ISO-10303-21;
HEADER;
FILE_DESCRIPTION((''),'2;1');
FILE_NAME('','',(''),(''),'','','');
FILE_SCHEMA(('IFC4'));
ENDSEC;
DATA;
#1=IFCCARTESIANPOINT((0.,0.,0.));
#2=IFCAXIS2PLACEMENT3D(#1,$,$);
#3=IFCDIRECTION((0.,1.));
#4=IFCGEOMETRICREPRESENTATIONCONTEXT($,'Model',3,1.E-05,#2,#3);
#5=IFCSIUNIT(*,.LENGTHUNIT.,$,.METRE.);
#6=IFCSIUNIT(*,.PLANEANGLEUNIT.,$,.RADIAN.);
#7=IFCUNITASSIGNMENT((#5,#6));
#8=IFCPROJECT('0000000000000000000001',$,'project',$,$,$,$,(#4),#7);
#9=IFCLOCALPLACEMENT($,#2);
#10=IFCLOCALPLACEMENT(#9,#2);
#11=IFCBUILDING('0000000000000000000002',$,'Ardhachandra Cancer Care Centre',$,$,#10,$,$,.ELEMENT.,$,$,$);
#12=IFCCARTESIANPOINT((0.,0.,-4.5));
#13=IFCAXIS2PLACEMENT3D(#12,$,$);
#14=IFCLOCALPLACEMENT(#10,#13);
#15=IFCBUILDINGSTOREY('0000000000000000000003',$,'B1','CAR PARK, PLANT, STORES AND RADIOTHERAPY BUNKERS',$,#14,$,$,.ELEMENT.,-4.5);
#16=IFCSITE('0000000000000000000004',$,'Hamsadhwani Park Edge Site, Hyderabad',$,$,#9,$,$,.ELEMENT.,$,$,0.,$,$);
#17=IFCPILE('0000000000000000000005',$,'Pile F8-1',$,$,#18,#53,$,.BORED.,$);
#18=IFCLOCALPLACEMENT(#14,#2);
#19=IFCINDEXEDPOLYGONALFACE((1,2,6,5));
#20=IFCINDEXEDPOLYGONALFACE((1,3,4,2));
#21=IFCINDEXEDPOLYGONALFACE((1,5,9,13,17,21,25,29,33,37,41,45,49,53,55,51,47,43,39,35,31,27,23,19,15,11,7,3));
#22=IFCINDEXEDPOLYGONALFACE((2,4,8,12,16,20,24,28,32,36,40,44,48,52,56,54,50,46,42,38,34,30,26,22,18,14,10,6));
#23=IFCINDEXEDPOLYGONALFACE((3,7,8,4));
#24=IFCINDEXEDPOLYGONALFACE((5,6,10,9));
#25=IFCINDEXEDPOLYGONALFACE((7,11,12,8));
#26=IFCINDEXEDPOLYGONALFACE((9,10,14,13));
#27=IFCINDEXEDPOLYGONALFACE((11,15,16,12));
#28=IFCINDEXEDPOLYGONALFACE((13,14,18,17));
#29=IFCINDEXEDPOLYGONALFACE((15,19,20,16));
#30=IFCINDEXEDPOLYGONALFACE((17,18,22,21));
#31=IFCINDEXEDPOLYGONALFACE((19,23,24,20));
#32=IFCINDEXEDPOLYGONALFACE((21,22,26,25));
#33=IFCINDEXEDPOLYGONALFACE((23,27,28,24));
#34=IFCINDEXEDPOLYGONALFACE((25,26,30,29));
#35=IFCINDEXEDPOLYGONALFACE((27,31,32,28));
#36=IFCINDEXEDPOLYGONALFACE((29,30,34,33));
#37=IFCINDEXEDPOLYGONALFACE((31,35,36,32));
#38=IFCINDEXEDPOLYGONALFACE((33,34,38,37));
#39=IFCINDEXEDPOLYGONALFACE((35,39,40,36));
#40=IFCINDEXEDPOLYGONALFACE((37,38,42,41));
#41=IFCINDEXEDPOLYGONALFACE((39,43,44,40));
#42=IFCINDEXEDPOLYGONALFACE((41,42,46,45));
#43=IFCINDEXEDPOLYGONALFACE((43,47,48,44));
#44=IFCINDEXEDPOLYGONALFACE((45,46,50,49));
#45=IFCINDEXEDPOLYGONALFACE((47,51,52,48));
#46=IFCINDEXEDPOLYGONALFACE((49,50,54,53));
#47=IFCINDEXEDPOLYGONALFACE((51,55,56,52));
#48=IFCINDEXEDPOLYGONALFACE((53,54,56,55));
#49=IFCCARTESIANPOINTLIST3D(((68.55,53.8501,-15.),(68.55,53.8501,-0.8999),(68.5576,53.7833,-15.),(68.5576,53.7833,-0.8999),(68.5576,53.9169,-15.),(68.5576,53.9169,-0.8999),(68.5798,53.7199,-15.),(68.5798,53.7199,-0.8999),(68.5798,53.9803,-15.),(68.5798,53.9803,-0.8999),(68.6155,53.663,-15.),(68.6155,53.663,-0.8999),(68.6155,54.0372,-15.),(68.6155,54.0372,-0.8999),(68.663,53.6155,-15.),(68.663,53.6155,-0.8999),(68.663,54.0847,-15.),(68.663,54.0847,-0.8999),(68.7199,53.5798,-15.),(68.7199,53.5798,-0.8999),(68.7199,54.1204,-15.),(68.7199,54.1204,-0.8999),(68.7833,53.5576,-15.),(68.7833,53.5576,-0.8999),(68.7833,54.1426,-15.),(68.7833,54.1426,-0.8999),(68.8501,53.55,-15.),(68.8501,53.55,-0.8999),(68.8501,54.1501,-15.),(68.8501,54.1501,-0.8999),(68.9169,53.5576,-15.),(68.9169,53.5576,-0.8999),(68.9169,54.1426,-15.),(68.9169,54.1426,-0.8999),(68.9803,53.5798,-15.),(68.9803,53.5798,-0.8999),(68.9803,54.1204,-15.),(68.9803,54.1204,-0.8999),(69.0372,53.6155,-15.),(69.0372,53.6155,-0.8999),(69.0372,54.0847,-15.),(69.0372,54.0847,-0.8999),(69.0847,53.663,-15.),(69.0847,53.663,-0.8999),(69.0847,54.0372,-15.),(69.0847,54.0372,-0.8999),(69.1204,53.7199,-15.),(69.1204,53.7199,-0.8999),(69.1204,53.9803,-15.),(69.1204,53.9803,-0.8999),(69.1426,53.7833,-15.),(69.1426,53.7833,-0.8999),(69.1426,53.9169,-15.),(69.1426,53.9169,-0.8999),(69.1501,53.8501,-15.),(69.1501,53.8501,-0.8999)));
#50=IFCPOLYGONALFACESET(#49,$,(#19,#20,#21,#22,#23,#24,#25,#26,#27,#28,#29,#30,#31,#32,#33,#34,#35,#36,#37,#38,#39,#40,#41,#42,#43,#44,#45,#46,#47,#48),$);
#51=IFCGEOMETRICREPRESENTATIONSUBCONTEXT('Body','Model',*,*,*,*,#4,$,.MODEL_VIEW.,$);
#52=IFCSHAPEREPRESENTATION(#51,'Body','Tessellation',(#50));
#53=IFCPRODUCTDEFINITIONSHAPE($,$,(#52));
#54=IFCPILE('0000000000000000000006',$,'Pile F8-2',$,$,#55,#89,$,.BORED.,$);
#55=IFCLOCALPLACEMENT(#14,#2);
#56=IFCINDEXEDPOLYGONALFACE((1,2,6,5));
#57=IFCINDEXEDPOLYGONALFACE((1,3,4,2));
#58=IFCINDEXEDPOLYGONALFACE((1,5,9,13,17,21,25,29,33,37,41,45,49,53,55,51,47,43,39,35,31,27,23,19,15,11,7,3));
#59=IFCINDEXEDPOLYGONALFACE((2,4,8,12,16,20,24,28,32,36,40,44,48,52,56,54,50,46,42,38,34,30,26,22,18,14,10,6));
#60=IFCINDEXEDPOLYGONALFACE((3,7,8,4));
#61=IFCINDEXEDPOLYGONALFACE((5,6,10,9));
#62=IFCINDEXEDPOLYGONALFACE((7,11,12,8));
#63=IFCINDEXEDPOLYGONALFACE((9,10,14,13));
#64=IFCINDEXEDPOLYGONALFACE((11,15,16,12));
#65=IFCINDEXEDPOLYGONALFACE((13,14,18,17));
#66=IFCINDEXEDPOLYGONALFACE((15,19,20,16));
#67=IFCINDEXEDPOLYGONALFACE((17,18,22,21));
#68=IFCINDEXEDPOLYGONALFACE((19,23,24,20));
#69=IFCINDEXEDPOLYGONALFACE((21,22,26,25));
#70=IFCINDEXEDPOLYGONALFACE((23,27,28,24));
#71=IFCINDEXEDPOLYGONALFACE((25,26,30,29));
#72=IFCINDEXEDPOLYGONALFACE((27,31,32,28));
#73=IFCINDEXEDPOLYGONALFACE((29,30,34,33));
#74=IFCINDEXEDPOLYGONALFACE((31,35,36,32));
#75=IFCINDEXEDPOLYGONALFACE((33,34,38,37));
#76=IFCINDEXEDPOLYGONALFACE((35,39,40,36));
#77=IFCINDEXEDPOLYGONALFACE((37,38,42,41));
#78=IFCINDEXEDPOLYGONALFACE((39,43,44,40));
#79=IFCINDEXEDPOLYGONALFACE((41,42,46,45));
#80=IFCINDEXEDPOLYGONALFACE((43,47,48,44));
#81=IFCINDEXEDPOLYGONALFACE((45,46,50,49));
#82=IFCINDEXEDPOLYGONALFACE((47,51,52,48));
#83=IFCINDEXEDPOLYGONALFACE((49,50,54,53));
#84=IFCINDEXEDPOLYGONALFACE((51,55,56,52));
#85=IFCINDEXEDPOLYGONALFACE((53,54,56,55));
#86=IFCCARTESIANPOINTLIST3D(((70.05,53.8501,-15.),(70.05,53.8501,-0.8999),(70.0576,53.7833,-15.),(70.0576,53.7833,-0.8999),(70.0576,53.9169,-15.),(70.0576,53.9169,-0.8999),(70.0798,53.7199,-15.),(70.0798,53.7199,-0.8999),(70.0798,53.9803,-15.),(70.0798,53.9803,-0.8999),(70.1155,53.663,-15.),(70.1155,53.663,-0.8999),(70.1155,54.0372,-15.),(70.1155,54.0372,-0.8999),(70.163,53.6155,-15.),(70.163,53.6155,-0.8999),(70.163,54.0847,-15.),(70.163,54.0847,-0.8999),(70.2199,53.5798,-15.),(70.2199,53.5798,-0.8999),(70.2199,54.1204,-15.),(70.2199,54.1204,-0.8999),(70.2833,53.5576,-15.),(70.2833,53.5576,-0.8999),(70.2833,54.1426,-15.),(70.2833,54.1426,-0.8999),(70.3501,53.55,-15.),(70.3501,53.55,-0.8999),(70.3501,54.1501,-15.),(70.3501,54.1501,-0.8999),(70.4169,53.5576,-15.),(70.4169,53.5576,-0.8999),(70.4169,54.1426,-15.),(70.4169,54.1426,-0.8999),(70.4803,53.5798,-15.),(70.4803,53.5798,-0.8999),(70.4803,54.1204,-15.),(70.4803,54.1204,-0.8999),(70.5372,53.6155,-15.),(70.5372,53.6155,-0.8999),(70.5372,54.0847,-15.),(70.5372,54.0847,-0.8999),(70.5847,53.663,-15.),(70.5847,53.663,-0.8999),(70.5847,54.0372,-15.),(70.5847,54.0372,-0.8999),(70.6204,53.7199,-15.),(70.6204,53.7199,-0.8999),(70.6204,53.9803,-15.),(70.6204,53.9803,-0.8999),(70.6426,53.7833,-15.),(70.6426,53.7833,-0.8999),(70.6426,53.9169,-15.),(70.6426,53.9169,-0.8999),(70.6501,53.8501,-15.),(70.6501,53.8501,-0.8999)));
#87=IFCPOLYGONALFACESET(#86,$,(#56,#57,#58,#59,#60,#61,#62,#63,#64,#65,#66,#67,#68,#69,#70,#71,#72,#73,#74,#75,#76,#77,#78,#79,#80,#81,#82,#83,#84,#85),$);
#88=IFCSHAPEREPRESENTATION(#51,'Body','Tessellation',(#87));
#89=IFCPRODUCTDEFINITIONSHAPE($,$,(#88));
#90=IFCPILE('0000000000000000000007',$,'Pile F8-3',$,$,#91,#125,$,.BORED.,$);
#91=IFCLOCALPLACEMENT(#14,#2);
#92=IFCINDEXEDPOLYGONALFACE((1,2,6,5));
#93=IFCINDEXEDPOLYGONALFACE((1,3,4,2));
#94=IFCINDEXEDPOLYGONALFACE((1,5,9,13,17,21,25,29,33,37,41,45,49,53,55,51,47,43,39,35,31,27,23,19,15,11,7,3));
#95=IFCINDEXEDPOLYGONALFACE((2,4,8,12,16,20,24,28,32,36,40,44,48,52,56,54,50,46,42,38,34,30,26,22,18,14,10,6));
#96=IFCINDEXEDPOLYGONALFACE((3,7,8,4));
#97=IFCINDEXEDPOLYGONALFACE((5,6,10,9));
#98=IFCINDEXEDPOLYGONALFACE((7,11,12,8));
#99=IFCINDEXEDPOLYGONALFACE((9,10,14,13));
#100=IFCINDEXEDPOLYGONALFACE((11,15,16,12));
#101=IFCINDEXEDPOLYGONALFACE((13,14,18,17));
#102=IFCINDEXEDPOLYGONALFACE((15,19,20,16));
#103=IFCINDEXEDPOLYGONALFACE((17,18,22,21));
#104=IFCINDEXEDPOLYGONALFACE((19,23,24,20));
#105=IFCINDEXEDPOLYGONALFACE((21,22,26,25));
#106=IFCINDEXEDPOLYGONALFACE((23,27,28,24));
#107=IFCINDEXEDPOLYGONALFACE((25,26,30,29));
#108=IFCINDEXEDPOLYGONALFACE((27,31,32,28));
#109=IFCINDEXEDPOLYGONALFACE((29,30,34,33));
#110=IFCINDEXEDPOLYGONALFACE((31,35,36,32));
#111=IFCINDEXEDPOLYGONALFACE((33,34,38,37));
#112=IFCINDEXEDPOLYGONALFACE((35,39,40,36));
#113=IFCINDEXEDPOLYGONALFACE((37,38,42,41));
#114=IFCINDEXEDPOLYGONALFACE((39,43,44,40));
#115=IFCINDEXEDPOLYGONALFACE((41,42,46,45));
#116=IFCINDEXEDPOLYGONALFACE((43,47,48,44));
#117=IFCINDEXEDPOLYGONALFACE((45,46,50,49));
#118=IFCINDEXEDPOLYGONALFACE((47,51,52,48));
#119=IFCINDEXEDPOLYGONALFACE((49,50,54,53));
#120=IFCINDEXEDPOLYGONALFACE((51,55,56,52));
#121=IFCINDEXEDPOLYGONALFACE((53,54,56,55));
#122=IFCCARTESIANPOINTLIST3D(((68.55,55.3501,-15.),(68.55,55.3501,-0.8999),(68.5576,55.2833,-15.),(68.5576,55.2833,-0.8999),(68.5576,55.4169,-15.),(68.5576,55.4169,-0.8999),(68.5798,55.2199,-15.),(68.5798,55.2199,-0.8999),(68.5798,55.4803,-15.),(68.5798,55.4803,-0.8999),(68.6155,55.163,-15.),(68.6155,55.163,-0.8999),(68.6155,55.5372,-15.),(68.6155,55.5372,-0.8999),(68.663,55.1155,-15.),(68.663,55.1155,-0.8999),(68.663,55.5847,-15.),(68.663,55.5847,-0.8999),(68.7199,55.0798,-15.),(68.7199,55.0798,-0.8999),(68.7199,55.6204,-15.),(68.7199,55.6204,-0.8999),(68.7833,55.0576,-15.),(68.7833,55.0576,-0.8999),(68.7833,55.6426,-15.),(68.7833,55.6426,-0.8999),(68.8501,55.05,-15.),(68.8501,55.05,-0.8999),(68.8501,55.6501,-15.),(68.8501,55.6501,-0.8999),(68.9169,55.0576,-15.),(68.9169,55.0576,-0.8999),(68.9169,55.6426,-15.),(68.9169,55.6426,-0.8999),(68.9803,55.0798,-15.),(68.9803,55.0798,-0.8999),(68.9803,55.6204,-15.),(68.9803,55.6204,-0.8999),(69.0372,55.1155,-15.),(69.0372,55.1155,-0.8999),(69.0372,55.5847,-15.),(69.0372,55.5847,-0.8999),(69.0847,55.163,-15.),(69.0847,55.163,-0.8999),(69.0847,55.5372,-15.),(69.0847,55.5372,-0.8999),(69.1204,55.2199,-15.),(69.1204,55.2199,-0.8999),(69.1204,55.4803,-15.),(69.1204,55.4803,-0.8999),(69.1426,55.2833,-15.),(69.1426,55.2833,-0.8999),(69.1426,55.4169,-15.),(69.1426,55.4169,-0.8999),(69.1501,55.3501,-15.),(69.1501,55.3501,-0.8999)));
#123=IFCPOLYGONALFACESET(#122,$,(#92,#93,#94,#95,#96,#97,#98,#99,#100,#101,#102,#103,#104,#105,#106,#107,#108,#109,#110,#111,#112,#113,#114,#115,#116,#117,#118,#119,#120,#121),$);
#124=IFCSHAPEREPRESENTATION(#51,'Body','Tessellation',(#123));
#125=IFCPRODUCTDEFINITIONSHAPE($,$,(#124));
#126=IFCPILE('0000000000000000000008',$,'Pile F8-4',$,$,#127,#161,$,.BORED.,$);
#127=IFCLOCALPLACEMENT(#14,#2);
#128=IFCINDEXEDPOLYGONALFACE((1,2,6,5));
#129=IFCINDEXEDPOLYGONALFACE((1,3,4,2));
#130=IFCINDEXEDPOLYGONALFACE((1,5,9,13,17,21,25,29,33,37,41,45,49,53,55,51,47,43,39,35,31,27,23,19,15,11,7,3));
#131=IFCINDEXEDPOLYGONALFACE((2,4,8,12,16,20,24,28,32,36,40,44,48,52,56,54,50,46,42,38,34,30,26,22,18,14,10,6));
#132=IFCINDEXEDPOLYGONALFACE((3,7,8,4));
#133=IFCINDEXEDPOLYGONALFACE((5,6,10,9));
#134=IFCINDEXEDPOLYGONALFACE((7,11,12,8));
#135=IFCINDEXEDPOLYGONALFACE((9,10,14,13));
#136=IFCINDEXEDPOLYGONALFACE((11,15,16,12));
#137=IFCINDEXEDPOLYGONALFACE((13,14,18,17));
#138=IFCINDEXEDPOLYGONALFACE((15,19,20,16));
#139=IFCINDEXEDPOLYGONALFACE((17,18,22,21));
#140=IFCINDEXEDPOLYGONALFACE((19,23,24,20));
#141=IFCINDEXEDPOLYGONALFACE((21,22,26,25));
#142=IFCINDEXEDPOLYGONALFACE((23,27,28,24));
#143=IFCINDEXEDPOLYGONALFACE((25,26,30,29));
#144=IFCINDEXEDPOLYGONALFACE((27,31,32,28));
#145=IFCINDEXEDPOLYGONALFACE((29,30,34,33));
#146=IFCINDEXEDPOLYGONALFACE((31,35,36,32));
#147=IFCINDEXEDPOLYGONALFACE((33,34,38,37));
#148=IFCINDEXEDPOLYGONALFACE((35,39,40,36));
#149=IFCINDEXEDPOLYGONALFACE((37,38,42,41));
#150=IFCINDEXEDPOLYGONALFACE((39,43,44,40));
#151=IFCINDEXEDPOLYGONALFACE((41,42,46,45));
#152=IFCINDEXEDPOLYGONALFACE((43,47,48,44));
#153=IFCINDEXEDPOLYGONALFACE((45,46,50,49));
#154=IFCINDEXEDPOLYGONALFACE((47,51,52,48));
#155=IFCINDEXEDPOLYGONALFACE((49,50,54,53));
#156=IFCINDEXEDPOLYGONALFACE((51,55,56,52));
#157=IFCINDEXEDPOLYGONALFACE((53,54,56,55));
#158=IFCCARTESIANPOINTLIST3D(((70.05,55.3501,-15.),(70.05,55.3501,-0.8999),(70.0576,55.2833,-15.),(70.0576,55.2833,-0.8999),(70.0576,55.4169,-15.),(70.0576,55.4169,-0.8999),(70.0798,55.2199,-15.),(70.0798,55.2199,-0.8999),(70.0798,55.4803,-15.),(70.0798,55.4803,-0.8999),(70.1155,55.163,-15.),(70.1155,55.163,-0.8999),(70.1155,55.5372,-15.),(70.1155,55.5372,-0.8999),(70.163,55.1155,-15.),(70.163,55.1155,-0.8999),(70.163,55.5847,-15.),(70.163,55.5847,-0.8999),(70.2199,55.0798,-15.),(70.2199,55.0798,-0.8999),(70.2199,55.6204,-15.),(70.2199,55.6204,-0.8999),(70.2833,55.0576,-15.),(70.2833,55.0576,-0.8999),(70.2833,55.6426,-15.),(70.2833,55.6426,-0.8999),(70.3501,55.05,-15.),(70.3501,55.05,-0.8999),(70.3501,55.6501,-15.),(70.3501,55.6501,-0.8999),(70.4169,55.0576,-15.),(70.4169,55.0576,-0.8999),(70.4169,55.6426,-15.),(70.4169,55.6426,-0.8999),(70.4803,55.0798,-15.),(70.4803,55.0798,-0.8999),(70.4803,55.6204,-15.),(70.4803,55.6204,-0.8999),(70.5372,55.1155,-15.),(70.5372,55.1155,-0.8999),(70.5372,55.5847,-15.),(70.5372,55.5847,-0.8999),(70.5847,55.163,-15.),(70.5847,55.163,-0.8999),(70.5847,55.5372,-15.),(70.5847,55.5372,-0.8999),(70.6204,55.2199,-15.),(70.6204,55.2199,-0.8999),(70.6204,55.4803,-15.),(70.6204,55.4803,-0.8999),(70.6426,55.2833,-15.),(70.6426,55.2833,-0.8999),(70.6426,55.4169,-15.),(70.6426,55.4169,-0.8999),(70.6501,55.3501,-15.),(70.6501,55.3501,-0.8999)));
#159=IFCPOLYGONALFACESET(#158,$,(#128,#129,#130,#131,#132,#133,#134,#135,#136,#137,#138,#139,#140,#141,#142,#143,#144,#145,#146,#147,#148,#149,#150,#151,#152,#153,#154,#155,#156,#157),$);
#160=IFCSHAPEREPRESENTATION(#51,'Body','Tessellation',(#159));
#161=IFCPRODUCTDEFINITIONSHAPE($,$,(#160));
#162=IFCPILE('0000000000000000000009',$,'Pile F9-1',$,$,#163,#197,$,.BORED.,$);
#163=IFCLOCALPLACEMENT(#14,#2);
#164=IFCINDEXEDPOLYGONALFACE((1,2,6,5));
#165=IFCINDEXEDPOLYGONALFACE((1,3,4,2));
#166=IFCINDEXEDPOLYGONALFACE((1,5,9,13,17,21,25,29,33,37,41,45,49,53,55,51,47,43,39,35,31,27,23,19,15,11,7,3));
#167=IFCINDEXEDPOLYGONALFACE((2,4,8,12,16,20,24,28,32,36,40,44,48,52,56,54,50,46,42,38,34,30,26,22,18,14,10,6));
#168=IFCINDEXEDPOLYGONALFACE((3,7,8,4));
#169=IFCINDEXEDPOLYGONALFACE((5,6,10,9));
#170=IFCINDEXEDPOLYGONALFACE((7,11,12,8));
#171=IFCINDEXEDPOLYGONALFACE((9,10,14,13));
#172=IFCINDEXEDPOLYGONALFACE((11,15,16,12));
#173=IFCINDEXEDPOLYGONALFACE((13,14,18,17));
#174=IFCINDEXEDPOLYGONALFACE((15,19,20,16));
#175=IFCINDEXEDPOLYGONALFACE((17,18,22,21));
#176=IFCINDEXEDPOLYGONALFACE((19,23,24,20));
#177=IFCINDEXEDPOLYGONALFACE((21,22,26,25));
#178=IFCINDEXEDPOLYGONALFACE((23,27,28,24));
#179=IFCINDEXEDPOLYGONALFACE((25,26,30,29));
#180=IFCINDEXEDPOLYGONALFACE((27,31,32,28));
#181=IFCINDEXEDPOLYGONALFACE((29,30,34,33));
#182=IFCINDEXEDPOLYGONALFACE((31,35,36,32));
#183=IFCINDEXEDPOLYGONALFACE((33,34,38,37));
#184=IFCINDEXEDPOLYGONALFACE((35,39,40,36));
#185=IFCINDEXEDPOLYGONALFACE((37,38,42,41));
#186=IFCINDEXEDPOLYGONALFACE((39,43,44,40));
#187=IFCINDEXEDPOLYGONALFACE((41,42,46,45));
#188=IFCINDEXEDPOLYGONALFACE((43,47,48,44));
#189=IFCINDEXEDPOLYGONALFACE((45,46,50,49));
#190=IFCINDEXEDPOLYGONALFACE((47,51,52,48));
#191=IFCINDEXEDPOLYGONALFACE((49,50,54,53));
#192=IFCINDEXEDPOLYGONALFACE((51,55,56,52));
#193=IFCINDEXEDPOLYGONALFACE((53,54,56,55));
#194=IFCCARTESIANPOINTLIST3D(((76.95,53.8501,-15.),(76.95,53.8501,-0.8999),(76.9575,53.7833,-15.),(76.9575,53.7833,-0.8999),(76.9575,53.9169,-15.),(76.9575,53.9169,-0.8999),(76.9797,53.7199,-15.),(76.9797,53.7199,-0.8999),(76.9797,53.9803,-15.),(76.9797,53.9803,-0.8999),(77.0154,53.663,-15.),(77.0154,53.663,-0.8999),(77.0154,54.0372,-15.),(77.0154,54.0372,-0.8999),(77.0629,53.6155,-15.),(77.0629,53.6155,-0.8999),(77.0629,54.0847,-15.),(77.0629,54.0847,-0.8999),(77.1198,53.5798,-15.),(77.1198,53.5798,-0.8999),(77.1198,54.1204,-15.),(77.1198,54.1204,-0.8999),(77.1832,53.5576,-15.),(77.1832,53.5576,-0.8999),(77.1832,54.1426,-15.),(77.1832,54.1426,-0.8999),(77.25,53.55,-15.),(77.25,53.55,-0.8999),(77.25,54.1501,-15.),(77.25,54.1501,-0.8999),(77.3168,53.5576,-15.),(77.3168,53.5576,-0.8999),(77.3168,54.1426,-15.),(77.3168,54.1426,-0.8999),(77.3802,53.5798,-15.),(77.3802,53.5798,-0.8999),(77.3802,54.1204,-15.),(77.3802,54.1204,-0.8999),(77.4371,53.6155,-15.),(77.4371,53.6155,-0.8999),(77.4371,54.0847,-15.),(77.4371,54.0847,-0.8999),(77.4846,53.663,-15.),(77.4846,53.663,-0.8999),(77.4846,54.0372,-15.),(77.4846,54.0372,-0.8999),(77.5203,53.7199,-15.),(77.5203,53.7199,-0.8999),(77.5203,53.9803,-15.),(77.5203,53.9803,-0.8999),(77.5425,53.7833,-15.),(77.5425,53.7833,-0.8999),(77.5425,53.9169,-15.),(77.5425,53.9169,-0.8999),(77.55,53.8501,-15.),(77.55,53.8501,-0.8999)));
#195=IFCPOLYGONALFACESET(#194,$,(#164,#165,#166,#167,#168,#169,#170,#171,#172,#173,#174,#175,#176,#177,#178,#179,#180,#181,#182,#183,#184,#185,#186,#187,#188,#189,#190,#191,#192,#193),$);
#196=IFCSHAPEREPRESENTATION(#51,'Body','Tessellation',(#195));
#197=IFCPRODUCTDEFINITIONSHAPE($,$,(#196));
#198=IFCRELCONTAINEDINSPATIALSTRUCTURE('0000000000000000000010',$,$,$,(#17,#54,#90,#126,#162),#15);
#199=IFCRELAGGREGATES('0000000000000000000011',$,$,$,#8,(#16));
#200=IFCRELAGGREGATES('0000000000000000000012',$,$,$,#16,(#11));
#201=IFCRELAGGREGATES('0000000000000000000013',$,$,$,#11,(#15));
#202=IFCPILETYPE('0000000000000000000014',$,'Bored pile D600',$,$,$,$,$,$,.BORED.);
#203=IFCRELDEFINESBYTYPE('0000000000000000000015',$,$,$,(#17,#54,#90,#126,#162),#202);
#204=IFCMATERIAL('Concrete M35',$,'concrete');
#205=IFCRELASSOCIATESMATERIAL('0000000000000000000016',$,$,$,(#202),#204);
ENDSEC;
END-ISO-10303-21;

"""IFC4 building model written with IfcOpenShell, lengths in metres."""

from ifc_helpers import new_model, si_unit, direction, frame, origin, origin_2d, place, context, subcontext, project, spatial, circle, extrude, material, material_profile, profile_set, type_object, element, save


model = new_model("IFC4")

# Units and contexts
model_context = context("Model", 3, precision=1e-05, world=origin(), true_north=direction((0.0, 1.0)))
body_context = subcontext(model_context, "Body", "Model", "MODEL_VIEW")
ifc_project = project(units=[si_unit("LENGTHUNIT", "METRE"), si_unit("PLANEANGLEUNIT", "RADIAN")], contexts=[model_context])

# Site, building, storey
site_placement = place(None, origin())
site = spatial("IfcSite", under=ifc_project, at=site_placement, Name="Hamsadhwani Park Edge Site, Hyderabad", CompositionType="ELEMENT", RefElevation=0.0)
building_placement = place(site_placement, origin())
building = spatial("IfcBuilding", under=site, at=building_placement, Name="Ardhachandra Cancer Care Centre", CompositionType="ELEMENT")
storey_placement = place(building_placement, frame((0.0, 0.0, -4.5)))
storey = spatial("IfcBuildingStorey", under=building, at=storey_placement, Name="B1", Description="CAR PARK, PLANT, STORES AND RADIOTHERAPY BUNKERS", CompositionType="ELEMENT", Elevation=-4.5)

# Piles
ifc_material_1 = material(Name="Concrete M35", Category="concrete")
ifc_material_profile_1 = material_profile(ifc_material_1, circle(Radius=0.3, at=origin_2d()), Name="D600")
ifc_profile_set_1 = profile_set([ifc_material_profile_1], Name="Concrete M35")
pile_type = type_object("IfcPileType", Name="Bored pile D600", PredefinedType="BORED", material=ifc_profile_set_1)
for number, where, z_axis, x_axis, name in (
    (1, (68.8501, 53.8501, -0.8999), (0.0, 0.0, -1.0), (1.0, 0.0, 0.0), "Pile F8-1"),
    (2, (70.3501, 53.8501, -0.8999), (0.0, 0.0, -1.0), (1.0, 0.0, 0.0), "Pile F8-2"),
    (3, (68.8501, 55.3501, -0.8999), (0.0, 0.0, -1.0), (1.0, 0.0, 0.0), "Pile F8-3"),
    (4, (70.3501, 55.3501, -0.8999), (0.0, 0.0, -1.0), (1.0, 0.0, 0.0), "Pile F8-4"),
    (5, (77.25, 53.8501, -0.8999), (0.0, 0.0, -1.0), (1.0, 0.0, 0.0), "Pile F9-1"),
):
    element("IfcPile", number, at=place(storey_placement, frame(where, z_axis=z_axis, x_axis=x_axis)), inside=storey, type_object=pile_type, Name=name, PredefinedType="BORED", context=body_context, shape_type="SweptSolid", body=[
        extrude(circle(Radius=0.3, at=origin_2d()), origin(), (0.0, 0.0, 1.0), 14.1001),
    ])

save(model, "model.ifc")
